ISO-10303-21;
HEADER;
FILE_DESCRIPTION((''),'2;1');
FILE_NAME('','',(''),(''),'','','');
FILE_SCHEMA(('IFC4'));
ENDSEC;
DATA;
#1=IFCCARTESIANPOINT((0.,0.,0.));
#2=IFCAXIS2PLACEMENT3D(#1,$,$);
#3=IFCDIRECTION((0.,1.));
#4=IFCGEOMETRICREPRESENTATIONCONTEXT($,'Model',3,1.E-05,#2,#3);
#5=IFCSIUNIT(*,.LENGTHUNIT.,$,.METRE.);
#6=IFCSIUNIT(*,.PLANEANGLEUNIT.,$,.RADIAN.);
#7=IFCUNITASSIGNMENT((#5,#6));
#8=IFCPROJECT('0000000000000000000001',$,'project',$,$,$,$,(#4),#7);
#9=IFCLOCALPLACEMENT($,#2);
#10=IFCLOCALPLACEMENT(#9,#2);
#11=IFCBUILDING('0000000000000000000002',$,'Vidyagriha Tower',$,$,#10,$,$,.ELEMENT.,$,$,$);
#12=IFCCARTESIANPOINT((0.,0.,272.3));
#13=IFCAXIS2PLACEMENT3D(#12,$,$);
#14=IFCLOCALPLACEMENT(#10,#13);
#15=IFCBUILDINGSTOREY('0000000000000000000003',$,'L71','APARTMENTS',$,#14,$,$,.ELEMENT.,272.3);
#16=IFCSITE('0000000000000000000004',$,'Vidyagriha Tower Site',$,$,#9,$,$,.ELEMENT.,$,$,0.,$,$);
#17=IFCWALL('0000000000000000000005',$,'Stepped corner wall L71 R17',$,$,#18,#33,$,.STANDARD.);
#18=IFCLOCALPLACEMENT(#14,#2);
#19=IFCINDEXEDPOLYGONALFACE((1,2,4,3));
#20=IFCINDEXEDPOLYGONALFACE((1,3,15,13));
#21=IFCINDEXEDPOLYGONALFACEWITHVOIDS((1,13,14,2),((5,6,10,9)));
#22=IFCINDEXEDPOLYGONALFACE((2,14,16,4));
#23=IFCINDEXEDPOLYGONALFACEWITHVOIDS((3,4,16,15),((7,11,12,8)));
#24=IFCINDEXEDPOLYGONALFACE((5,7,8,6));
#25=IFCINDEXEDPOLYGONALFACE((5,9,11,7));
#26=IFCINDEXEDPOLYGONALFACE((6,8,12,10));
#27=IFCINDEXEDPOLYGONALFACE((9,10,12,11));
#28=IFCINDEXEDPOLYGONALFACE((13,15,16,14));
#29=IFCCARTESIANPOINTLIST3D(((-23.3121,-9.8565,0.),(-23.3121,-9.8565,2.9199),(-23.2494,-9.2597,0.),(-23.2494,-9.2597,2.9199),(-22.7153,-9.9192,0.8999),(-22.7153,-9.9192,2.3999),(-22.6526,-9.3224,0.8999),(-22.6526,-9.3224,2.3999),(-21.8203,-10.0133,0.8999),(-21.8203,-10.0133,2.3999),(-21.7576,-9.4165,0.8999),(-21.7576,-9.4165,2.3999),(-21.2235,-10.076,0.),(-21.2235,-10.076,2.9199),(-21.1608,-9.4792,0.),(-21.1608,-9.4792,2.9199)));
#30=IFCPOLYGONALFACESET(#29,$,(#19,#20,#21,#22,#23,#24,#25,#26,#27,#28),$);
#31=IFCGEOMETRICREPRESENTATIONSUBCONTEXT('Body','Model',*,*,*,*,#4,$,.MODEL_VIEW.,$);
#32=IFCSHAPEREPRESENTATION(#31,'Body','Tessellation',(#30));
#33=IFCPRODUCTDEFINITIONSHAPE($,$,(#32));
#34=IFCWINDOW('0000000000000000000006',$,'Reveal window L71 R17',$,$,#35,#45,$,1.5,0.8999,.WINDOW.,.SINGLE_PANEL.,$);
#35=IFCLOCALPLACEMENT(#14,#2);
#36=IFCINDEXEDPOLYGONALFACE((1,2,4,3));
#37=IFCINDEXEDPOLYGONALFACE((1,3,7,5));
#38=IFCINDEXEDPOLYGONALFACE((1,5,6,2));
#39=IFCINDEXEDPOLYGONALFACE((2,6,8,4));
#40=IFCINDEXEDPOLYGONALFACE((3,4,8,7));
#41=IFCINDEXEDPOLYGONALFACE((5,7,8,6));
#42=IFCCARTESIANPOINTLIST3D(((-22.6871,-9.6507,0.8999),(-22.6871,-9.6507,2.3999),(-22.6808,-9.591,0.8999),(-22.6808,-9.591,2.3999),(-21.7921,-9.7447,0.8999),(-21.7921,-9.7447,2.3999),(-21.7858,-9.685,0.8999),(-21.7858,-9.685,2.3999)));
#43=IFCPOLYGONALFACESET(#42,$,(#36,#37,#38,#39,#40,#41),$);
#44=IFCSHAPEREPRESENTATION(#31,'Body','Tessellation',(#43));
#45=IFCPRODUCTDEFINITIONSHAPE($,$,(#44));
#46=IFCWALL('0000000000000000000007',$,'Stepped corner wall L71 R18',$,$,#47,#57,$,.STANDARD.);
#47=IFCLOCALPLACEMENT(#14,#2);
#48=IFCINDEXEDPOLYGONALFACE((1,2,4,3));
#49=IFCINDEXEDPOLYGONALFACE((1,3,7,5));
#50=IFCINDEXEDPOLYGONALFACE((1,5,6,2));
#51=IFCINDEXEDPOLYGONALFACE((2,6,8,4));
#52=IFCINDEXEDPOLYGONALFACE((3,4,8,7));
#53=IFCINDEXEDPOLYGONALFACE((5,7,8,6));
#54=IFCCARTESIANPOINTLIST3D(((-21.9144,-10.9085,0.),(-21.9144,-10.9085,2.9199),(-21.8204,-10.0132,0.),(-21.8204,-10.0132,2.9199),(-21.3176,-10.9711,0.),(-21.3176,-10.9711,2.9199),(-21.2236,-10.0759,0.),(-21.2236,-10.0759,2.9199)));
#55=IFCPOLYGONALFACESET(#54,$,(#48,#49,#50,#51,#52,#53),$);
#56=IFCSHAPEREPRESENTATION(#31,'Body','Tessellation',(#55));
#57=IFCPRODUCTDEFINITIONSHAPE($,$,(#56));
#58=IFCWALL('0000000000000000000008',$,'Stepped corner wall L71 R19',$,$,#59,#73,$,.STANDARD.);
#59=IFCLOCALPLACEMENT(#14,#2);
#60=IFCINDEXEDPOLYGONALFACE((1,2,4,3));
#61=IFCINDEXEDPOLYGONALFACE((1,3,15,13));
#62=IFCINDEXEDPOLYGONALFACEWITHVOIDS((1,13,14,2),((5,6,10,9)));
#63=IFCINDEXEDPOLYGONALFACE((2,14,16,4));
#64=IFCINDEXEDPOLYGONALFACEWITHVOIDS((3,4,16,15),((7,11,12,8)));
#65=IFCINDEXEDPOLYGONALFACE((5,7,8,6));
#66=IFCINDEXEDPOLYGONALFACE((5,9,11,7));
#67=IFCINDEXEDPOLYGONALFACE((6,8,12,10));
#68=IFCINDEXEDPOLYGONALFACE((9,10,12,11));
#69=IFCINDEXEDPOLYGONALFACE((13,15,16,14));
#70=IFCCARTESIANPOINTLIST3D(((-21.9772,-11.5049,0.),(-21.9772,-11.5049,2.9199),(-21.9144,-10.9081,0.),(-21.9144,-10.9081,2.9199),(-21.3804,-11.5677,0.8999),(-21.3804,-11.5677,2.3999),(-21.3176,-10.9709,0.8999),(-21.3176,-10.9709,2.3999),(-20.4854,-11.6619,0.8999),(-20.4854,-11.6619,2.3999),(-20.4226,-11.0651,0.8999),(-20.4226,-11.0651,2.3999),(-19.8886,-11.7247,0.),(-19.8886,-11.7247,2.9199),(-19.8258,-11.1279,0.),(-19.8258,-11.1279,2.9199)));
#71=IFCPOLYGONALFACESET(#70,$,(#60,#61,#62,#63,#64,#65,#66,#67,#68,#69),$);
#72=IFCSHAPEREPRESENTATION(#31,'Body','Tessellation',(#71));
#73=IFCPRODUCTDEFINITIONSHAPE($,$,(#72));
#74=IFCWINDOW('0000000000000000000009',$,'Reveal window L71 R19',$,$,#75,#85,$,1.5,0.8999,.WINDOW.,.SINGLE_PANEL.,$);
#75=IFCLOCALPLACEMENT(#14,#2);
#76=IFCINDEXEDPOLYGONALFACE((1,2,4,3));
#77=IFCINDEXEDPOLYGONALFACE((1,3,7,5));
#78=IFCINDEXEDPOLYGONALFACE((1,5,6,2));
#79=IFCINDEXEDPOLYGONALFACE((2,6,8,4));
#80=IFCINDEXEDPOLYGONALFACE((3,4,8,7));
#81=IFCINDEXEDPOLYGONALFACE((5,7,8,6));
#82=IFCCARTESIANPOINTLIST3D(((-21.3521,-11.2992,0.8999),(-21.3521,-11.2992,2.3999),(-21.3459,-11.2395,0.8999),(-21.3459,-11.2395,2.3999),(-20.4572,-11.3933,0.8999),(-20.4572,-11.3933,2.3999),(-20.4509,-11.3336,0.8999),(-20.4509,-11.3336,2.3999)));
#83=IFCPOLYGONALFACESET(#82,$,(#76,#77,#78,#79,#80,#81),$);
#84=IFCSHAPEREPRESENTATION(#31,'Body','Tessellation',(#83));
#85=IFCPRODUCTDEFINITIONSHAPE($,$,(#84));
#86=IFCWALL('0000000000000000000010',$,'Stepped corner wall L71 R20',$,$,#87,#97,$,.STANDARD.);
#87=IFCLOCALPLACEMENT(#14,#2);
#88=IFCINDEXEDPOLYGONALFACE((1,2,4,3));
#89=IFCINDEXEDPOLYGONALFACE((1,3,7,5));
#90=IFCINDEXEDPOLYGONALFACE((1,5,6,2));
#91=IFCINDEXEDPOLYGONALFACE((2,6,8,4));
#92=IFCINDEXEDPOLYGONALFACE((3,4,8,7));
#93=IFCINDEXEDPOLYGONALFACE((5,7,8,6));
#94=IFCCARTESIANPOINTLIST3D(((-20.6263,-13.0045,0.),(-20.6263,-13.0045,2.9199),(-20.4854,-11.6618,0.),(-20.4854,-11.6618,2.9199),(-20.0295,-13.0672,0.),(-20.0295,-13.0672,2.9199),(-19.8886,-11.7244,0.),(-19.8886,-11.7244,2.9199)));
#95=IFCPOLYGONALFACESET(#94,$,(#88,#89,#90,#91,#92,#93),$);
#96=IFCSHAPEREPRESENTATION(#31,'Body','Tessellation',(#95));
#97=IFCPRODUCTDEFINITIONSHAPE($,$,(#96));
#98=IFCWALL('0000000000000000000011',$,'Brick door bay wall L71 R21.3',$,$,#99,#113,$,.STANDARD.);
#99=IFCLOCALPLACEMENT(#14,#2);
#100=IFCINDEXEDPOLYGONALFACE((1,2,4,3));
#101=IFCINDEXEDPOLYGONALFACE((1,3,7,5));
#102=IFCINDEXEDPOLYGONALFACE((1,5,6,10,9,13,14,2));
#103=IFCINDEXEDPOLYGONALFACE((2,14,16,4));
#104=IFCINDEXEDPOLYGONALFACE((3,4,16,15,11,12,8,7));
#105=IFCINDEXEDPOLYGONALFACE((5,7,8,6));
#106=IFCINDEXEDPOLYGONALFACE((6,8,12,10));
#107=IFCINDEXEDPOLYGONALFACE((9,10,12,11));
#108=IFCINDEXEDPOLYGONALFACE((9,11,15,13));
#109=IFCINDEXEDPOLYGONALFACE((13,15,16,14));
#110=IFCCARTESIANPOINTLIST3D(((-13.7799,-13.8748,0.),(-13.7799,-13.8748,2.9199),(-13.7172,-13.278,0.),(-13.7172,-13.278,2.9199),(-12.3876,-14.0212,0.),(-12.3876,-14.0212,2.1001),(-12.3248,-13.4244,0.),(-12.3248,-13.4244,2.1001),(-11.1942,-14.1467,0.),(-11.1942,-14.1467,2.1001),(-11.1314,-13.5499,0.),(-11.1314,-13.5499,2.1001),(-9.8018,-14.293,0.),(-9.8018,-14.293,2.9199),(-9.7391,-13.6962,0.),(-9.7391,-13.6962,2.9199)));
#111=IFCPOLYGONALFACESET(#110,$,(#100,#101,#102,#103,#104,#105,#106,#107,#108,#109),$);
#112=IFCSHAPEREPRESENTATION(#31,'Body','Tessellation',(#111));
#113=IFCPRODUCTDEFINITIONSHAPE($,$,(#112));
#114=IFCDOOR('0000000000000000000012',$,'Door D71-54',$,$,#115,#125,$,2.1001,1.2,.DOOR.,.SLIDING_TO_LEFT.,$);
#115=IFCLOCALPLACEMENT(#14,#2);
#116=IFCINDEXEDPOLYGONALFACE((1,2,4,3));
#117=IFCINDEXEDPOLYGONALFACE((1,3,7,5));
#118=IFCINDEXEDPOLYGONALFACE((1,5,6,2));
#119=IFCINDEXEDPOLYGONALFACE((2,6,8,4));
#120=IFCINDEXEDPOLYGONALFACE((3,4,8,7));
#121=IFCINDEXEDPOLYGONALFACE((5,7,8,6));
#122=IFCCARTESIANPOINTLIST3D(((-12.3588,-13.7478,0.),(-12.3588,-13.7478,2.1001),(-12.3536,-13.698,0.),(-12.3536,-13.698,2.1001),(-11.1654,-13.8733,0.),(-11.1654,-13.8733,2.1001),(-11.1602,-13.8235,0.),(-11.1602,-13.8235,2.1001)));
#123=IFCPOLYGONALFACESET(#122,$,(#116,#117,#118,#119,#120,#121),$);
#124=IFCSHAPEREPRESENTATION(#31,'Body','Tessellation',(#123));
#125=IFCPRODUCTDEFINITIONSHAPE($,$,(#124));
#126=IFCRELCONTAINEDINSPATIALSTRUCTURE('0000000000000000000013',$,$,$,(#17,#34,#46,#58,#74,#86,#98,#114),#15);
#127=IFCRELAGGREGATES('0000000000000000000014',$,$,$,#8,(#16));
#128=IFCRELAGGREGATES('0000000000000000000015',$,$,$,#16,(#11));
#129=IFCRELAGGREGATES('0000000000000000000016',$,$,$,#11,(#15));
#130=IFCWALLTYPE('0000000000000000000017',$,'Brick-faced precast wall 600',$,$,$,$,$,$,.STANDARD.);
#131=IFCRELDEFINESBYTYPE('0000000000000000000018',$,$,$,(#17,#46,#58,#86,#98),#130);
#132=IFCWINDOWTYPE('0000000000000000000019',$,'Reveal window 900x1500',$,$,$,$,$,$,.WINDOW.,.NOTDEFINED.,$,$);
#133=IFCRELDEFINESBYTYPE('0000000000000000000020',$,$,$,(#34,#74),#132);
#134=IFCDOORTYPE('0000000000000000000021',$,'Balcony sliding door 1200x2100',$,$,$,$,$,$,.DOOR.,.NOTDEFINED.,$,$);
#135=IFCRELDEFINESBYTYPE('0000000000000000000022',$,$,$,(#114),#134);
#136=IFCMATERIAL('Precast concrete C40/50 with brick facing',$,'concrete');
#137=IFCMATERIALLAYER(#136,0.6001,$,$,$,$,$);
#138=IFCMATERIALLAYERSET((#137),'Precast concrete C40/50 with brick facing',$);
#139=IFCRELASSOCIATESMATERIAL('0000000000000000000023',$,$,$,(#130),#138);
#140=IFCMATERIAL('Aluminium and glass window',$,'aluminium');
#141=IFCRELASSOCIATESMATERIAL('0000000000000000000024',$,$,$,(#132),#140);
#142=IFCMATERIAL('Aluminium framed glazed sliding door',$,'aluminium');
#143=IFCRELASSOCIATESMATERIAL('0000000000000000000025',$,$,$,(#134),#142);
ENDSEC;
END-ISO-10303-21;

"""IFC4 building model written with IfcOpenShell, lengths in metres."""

from ifc_helpers import new_model, si_unit, direction, frame, frame_2d, origin, place, context, subcontext, project, spatial, rectangle, extrude, material, layer, layer_set, type_object, element, fill, save


model = new_model("IFC4")

# Units and contexts
model_context = context("Model", 3, precision=1e-05, world=origin(), true_north=direction((0.0, 1.0)))
body_context = subcontext(model_context, "Body", "Model", "MODEL_VIEW")
ifc_project = project(units=[si_unit("LENGTHUNIT", "METRE"), si_unit("PLANEANGLEUNIT", "RADIAN")], contexts=[model_context])

# Site, building, storey
site_placement = place(None, origin())
site = spatial("IfcSite", under=ifc_project, at=site_placement, Name="Vidyagriha Tower Site", CompositionType="ELEMENT", RefElevation=0.0)
building_placement = place(site_placement, origin())
building = spatial("IfcBuilding", under=site, at=building_placement, Name="Vidyagriha Tower", CompositionType="ELEMENT")
storey_placement = place(building_placement, frame((0.0, 0.0, 272.3)))
storey = spatial("IfcBuildingStorey", under=building, at=storey_placement, Name="L71", Description="APARTMENTS", CompositionType="ELEMENT", Elevation=272.3)

# Wall, opening, window
ifc_material_1 = material(Name="Precast concrete C40/50 with brick facing", Category="concrete")
ifc_layer_1 = layer(ifc_material_1, 0.6001)
ifc_layer_set_1 = layer_set([ifc_layer_1], Name="Precast concrete C40/50 with brick facing")
wall_type = type_object("IfcWallType", Name="Brick-faced precast wall 600", PredefinedType="STANDARD", material=ifc_layer_set_1)
wall_1_placement = place(storey_placement, frame((-23.2808, -9.5581, 0.0), z_axis=(0.0, 0.0, 1.0), x_axis=(0.994524, -0.104509, 0.0)))
wall_1 = element("IfcWall", 1, at=wall_1_placement, inside=storey, type_object=wall_type, Name="Stepped corner wall L71 R17", PredefinedType="STANDARD", context=body_context, shape_type="SweptSolid", body=[
    extrude(rectangle(XDim=2.1001, YDim=0.6001, at=frame_2d((1.05, 0.0))), origin(), (0.0, 0.0, 1.0), 2.9199),
])
opening_1_placement = place(wall_1_placement, frame((0.6001, 0.0, 0.8999)))
opening_1 = element("IfcOpeningElement", 2, at=opening_1_placement, cuts=wall_1, PredefinedType="OPENING", context=body_context, shape_type="SweptSolid", body=[
    extrude(rectangle(XDim=0.8999, YDim=1.5, at=frame_2d((0.45, 0.75))), frame((0.0, 0.3101, 0.0), z_axis=(0.0, -1.0, 0.0), x_axis=(1.0, 0.0, 0.0)), (0.0, 0.0, 1.0), 0.6201),
])
ifc_material_2 = material(Name="Aluminium and glass window", Category="aluminium")
window_type = type_object("IfcWindowType", Name="Reveal window 900x1500", PartitioningType="NOTDEFINED", PredefinedType="WINDOW", material=ifc_material_2)
window_1_placement = place(opening_1_placement, origin())
window_1 = element("IfcWindow", 3, at=window_1_placement, inside=storey, type_object=window_type, Name="Reveal window L71 R17", OverallHeight=1.5, OverallWidth=0.8999, PartitioningType="SINGLE_PANEL", PredefinedType="WINDOW", context=body_context, shape_type="SweptSolid", body=[
    extrude(rectangle(XDim=0.8999, YDim=1.5, at=frame_2d((0.45, 0.75))), frame((0.0, 0.03, 0.0), z_axis=(0.0, -1.0, 0.0), x_axis=(1.0, 0.0, 0.0)), (0.0, 0.0, 1.0), 0.0601),
])
fill(opening_1, window_1)

# Wall
wall_2_placement = place(storey_placement, frame((-21.522, -10.0444, 0.0), z_axis=(0.0, 0.0, 1.0), x_axis=(-0.104417, -0.994534, 0.0)))
element("IfcWall", 4, at=wall_2_placement, inside=storey, type_object=wall_type, Name="Stepped corner wall L71 R18", PredefinedType="STANDARD", context=body_context, shape_type="SweptSolid", body=[
    extrude(rectangle(XDim=0.9001, YDim=0.6001, at=frame_2d((0.4502, 0.0))), origin(), (0.0, 0.0, 1.0), 2.9199),
])

# Wall, opening, window
wall_3_placement = place(storey_placement, frame((-21.9458, -11.2065, 0.0), z_axis=(0.0, 0.0, 1.0), x_axis=(0.994512, -0.104624, 0.0)))
wall_3 = element("IfcWall", 5, at=wall_3_placement, inside=storey, type_object=wall_type, Name="Stepped corner wall L71 R19", PredefinedType="STANDARD", context=body_context, shape_type="SweptSolid", body=[
    extrude(rectangle(XDim=2.1001, YDim=0.6001, at=frame_2d((1.05, 0.0))), origin(), (0.0, 0.0, 1.0), 2.9199),
])
opening_2_placement = place(wall_3_placement, frame((0.6001, 0.0, 0.8999)))
opening_2 = element("IfcOpeningElement", 6, at=opening_2_placement, cuts=wall_3, PredefinedType="OPENING", context=body_context, shape_type="SweptSolid", body=[
    extrude(rectangle(XDim=0.8999, YDim=1.5, at=frame_2d((0.45, 0.75))), frame((0.0, 0.3101, 0.0), z_axis=(0.0, -1.0, 0.0), x_axis=(1.0, 0.0, 0.0)), (0.0, 0.0, 1.0), 0.6201),
])
window_2_placement = place(opening_2_placement, origin())
window_2 = element("IfcWindow", 7, at=window_2_placement, inside=storey, type_object=window_type, Name="Reveal window L71 R19", OverallHeight=1.5, OverallWidth=0.8999, PartitioningType="SINGLE_PANEL", PredefinedType="WINDOW", context=body_context, shape_type="SweptSolid", body=[
    extrude(rectangle(XDim=0.8999, YDim=1.5, at=frame_2d((0.45, 0.75))), frame((0.0, 0.03, 0.0), z_axis=(0.0, -1.0, 0.0), x_axis=(1.0, 0.0, 0.0)), (0.0, 0.0, 1.0), 0.0601),
])
fill(opening_2, window_2)

# Wall
wall_4_placement = place(storey_placement, frame((-20.187, -11.6931, 0.0), z_axis=(0.0, 0.0, 1.0), x_axis=(-0.104337, -0.994542, 0.0)))
element("IfcWall", 8, at=wall_4_placement, inside=storey, type_object=wall_type, Name="Stepped corner wall L71 R20", PredefinedType="STANDARD", context=body_context, shape_type="SweptSolid", body=[
    extrude(rectangle(XDim=1.3501, YDim=0.6001, at=frame_2d((0.675, 0.0))), origin(), (0.0, 0.0, 1.0), 2.9199),
])

# Wall, opening, door
wall_5_placement = place(storey_placement, frame((-13.7485, -13.5764, 0.0), z_axis=(0.0, 0.0, 1.0), x_axis=(0.994519, -0.104555, 0.0)))
wall_5 = element("IfcWall", 9, at=wall_5_placement, inside=storey, type_object=wall_type, Name="Brick door bay wall L71 R21.3", PredefinedType="STANDARD", context=body_context, shape_type="SweptSolid", body=[
    extrude(rectangle(XDim=4.0, YDim=0.6001, at=frame_2d((2.0, 0.0))), origin(), (0.0, 0.0, 1.0), 2.9199),
])
opening_3_placement = place(wall_5_placement, frame((1.3999, 0.0, 0.0)))
opening_3 = element("IfcOpeningElement", 10, at=opening_3_placement, cuts=wall_5, PredefinedType="OPENING", context=body_context, shape_type="SweptSolid", body=[
    extrude(rectangle(XDim=1.2, YDim=2.1001, at=frame_2d((0.6001, 1.05))), frame((0.0, 0.3101, 0.0), z_axis=(0.0, -1.0, 0.0), x_axis=(1.0, 0.0, 0.0)), (0.0, 0.0, 1.0), 0.6201),
])
ifc_material_3 = material(Name="Aluminium framed glazed sliding door", Category="aluminium")
door_type = type_object("IfcDoorType", Name="Balcony sliding door 1200x2100", OperationType="NOTDEFINED", PredefinedType="DOOR", material=ifc_material_3)
door_placement = place(opening_3_placement, origin())
door = element("IfcDoor", 11, at=door_placement, inside=storey, type_object=door_type, Name="Door D71-54", OperationType="SLIDING_TO_LEFT", OverallHeight=2.1001, OverallWidth=1.2, PredefinedType="DOOR", context=body_context, shape_type="SweptSolid", body=[
    extrude(rectangle(XDim=1.2, YDim=2.1001, at=frame_2d((0.6001, 1.05))), frame((0.0, 0.0249, 0.0), z_axis=(0.0, -1.0, 0.0), x_axis=(1.0, 0.0, 0.0)), (0.0, 0.0, 1.0), 0.05),
])
fill(opening_3, door)

save(model, "model.ifc")
